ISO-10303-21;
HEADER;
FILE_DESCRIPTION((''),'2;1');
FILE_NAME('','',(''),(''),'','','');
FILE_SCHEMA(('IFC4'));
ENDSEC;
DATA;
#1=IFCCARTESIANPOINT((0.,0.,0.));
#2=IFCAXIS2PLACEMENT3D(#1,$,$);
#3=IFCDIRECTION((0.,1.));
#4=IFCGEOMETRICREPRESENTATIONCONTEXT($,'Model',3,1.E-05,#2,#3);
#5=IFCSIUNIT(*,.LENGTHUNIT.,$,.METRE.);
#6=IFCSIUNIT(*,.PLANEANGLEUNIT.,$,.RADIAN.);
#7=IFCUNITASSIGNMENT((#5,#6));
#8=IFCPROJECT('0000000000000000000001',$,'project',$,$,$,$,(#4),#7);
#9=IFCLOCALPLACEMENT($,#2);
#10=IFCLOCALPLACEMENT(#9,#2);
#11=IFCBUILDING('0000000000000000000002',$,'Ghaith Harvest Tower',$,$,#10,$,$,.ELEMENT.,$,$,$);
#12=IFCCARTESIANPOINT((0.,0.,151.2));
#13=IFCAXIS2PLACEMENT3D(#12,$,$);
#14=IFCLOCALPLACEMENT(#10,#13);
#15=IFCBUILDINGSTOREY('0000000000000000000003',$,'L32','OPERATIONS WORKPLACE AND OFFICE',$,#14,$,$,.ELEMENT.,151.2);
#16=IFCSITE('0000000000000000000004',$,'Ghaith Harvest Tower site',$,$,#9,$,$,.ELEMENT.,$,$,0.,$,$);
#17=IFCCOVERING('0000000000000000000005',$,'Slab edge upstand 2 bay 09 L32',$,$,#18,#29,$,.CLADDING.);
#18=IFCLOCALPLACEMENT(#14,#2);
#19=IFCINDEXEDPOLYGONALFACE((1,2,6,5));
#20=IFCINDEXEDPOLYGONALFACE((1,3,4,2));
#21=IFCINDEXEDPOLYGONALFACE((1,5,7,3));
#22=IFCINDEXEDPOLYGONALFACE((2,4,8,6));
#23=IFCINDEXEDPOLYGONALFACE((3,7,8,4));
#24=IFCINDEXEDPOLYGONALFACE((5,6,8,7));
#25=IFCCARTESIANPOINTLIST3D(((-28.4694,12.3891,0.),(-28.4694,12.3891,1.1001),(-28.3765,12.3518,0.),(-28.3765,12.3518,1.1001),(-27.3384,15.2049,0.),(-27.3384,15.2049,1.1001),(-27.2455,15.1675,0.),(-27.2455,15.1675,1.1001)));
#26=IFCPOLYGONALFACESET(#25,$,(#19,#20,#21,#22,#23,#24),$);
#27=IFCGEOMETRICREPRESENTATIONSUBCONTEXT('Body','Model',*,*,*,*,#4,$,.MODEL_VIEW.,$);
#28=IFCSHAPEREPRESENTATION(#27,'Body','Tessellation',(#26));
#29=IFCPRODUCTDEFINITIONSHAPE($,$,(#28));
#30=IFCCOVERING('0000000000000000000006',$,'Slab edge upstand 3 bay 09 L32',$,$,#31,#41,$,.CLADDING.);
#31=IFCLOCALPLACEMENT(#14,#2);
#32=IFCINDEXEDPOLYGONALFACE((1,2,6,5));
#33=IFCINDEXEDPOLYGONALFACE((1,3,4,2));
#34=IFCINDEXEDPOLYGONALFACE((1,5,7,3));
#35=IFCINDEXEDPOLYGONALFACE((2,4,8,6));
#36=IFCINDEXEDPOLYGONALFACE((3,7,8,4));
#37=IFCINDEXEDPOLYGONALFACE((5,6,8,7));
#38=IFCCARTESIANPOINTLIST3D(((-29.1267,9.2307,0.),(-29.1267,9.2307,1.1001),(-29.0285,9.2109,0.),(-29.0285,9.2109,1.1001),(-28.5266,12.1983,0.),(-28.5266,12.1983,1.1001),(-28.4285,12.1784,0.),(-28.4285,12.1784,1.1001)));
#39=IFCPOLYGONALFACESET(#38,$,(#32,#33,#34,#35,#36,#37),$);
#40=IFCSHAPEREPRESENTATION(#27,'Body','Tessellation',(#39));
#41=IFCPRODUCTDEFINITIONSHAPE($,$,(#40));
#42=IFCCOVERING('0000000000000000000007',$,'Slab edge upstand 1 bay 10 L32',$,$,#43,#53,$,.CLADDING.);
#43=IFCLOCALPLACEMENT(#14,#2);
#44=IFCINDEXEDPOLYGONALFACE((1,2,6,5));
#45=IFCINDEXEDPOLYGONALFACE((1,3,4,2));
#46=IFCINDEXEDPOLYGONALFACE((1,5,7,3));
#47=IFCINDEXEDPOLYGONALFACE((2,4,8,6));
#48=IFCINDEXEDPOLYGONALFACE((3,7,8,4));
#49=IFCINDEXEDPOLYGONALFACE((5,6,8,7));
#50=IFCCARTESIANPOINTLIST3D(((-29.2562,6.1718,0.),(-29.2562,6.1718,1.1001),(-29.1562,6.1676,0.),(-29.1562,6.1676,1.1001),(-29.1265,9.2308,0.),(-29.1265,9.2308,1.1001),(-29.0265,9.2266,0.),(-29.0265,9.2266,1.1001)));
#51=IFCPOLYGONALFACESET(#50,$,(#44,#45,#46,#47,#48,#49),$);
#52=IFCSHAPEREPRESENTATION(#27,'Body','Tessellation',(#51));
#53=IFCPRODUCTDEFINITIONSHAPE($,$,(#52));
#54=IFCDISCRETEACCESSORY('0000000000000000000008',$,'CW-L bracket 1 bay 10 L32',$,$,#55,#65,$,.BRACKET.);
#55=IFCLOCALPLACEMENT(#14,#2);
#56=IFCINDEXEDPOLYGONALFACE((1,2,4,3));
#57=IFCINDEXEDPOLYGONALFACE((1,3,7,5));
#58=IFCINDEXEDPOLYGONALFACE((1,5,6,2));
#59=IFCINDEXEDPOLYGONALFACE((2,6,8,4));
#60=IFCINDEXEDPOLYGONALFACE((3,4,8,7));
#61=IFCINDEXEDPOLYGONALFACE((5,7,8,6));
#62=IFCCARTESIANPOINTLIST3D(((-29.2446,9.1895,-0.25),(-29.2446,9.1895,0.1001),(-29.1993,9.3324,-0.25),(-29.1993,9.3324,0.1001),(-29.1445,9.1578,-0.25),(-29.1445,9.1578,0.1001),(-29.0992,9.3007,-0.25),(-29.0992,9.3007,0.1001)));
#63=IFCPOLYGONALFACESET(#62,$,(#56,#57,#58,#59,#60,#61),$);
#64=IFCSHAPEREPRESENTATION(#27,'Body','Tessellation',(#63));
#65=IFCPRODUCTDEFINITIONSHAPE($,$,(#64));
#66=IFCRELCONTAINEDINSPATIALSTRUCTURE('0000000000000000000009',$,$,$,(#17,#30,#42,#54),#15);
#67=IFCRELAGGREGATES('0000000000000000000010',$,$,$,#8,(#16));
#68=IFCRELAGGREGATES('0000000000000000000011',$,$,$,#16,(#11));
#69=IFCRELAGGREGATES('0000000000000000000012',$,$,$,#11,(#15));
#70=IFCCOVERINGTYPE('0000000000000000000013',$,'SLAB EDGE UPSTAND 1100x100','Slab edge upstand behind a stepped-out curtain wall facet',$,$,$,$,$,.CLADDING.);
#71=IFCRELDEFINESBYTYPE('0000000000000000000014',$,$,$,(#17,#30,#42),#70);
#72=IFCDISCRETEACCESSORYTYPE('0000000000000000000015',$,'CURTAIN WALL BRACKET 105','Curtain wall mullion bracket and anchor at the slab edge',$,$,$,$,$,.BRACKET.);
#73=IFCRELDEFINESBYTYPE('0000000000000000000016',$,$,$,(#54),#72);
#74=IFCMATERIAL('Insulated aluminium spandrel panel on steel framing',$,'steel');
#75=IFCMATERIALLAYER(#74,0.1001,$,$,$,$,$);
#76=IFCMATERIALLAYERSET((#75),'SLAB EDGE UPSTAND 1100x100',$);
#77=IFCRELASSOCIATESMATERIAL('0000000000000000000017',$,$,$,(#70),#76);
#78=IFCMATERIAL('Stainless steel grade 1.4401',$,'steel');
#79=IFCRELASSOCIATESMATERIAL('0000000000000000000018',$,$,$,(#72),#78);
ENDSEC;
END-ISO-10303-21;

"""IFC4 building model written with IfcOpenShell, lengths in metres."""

from ifc_helpers import new_model, si_unit, direction, frame, origin, origin_2d, place, context, subcontext, project, spatial, rectangle, extrude, material, layer, layer_set, type_object, element, save


model = new_model("IFC4")

# Units and contexts
model_context = context("Model", 3, precision=1e-05, world=origin(), true_north=direction((0.0, 1.0)))
body_context = subcontext(model_context, "Body", "Model", "MODEL_VIEW")
ifc_project = project(units=[si_unit("LENGTHUNIT", "METRE"), si_unit("PLANEANGLEUNIT", "RADIAN")], contexts=[model_context])

# Site, building, storey
site_placement = place(None, origin())
site = spatial("IfcSite", under=ifc_project, at=site_placement, Name="Ghaith Harvest Tower site", CompositionType="ELEMENT", RefElevation=0.0)
building_placement = place(site_placement, origin())
building = spatial("IfcBuilding", under=site, at=building_placement, Name="Ghaith Harvest Tower", CompositionType="ELEMENT")
storey_placement = place(building_placement, frame((0.0, 0.0, 151.2)))
storey = spatial("IfcBuildingStorey", under=building, at=storey_placement, Name="L32", Description="OPERATIONS WORKPLACE AND OFFICE", CompositionType="ELEMENT", Elevation=151.2)

# Coverings
ifc_material_1 = material(Name="Insulated aluminium spandrel panel on steel framing", Category="steel")
ifc_layer_1 = layer(ifc_material_1, 0.1001)
ifc_layer_set_1 = layer_set([ifc_layer_1], Name="SLAB EDGE UPSTAND 1100x100")
covering_type = type_object("IfcCoveringType", Name="SLAB EDGE UPSTAND 1100x100", Description="Slab edge upstand behind a stepped-out curtain wall facet", PredefinedType="CLADDING", material=ifc_layer_set_1)
covering_1_placement = place(storey_placement, frame((-27.8574, 13.7783, 0.0), z_axis=(0.0, 0.0, 1.0), x_axis=(-0.372732, -0.927939, 0.0)))
element("IfcCovering", 1, at=covering_1_placement, inside=storey, type_object=covering_type, Name="Slab edge upstand 2 bay 09 L32", PredefinedType="CLADDING", context=body_context, shape_type="SweptSolid", body=[
    extrude(rectangle(XDim=3.0344, YDim=0.1001, at=origin_2d()), origin(), (0.0, 0.0, 1.0), 1.1001),
])
covering_2_placement = place(storey_placement, frame((-28.7776, 10.7046, 0.0), z_axis=(0.0, 0.0, 1.0), x_axis=(-0.198183, -0.980165, 0.0)))
element("IfcCovering", 2, at=covering_2_placement, inside=storey, type_object=covering_type, Name="Slab edge upstand 3 bay 09 L32", PredefinedType="CLADDING", context=body_context, shape_type="SweptSolid", body=[
    extrude(rectangle(XDim=3.0276, YDim=0.1001, at=origin_2d()), origin(), (0.0, 0.0, 1.0), 1.1001),
])
covering_3_placement = place(storey_placement, frame((-29.1414, 7.6992, 0.0), z_axis=(0.0, 0.0, 1.0), x_axis=(-0.042373, -0.999102, 0.0)))
element("IfcCovering", 3, at=covering_3_placement, inside=storey, type_object=covering_type, Name="Slab edge upstand 1 bay 10 L32", PredefinedType="CLADDING", context=body_context, shape_type="SweptSolid", body=[
    extrude(rectangle(XDim=3.0618, YDim=0.1001, at=origin_2d()), origin(), (0.0, 0.0, 1.0), 1.1001),
])

# Discrete accessory
ifc_material_2 = material(Name="Stainless steel grade 1.4401", Category="steel")
discrete_accessory_type = type_object("IfcDiscreteAccessoryType", Name="CURTAIN WALL BRACKET 105", Description="Curtain wall mullion bracket and anchor at the slab edge", PredefinedType="BRACKET", material=ifc_material_2)
discrete_accessory_placement = place(storey_placement, frame((-29.1719, 9.2451, -0.25), z_axis=(0.0, 0.0, 1.0), x_axis=(-0.953273, 0.30211, 0.0)))
element("IfcDiscreteAccessory", 4, at=discrete_accessory_placement, inside=storey, type_object=discrete_accessory_type, Name="CW-L bracket 1 bay 10 L32", PredefinedType="BRACKET", context=body_context, shape_type="SweptSolid", body=[
    extrude(rectangle(XDim=0.105, YDim=0.1499, at=origin_2d()), origin(), (0.0, 0.0, 1.0), 0.3501),
])

save(model, "model.ifc")
